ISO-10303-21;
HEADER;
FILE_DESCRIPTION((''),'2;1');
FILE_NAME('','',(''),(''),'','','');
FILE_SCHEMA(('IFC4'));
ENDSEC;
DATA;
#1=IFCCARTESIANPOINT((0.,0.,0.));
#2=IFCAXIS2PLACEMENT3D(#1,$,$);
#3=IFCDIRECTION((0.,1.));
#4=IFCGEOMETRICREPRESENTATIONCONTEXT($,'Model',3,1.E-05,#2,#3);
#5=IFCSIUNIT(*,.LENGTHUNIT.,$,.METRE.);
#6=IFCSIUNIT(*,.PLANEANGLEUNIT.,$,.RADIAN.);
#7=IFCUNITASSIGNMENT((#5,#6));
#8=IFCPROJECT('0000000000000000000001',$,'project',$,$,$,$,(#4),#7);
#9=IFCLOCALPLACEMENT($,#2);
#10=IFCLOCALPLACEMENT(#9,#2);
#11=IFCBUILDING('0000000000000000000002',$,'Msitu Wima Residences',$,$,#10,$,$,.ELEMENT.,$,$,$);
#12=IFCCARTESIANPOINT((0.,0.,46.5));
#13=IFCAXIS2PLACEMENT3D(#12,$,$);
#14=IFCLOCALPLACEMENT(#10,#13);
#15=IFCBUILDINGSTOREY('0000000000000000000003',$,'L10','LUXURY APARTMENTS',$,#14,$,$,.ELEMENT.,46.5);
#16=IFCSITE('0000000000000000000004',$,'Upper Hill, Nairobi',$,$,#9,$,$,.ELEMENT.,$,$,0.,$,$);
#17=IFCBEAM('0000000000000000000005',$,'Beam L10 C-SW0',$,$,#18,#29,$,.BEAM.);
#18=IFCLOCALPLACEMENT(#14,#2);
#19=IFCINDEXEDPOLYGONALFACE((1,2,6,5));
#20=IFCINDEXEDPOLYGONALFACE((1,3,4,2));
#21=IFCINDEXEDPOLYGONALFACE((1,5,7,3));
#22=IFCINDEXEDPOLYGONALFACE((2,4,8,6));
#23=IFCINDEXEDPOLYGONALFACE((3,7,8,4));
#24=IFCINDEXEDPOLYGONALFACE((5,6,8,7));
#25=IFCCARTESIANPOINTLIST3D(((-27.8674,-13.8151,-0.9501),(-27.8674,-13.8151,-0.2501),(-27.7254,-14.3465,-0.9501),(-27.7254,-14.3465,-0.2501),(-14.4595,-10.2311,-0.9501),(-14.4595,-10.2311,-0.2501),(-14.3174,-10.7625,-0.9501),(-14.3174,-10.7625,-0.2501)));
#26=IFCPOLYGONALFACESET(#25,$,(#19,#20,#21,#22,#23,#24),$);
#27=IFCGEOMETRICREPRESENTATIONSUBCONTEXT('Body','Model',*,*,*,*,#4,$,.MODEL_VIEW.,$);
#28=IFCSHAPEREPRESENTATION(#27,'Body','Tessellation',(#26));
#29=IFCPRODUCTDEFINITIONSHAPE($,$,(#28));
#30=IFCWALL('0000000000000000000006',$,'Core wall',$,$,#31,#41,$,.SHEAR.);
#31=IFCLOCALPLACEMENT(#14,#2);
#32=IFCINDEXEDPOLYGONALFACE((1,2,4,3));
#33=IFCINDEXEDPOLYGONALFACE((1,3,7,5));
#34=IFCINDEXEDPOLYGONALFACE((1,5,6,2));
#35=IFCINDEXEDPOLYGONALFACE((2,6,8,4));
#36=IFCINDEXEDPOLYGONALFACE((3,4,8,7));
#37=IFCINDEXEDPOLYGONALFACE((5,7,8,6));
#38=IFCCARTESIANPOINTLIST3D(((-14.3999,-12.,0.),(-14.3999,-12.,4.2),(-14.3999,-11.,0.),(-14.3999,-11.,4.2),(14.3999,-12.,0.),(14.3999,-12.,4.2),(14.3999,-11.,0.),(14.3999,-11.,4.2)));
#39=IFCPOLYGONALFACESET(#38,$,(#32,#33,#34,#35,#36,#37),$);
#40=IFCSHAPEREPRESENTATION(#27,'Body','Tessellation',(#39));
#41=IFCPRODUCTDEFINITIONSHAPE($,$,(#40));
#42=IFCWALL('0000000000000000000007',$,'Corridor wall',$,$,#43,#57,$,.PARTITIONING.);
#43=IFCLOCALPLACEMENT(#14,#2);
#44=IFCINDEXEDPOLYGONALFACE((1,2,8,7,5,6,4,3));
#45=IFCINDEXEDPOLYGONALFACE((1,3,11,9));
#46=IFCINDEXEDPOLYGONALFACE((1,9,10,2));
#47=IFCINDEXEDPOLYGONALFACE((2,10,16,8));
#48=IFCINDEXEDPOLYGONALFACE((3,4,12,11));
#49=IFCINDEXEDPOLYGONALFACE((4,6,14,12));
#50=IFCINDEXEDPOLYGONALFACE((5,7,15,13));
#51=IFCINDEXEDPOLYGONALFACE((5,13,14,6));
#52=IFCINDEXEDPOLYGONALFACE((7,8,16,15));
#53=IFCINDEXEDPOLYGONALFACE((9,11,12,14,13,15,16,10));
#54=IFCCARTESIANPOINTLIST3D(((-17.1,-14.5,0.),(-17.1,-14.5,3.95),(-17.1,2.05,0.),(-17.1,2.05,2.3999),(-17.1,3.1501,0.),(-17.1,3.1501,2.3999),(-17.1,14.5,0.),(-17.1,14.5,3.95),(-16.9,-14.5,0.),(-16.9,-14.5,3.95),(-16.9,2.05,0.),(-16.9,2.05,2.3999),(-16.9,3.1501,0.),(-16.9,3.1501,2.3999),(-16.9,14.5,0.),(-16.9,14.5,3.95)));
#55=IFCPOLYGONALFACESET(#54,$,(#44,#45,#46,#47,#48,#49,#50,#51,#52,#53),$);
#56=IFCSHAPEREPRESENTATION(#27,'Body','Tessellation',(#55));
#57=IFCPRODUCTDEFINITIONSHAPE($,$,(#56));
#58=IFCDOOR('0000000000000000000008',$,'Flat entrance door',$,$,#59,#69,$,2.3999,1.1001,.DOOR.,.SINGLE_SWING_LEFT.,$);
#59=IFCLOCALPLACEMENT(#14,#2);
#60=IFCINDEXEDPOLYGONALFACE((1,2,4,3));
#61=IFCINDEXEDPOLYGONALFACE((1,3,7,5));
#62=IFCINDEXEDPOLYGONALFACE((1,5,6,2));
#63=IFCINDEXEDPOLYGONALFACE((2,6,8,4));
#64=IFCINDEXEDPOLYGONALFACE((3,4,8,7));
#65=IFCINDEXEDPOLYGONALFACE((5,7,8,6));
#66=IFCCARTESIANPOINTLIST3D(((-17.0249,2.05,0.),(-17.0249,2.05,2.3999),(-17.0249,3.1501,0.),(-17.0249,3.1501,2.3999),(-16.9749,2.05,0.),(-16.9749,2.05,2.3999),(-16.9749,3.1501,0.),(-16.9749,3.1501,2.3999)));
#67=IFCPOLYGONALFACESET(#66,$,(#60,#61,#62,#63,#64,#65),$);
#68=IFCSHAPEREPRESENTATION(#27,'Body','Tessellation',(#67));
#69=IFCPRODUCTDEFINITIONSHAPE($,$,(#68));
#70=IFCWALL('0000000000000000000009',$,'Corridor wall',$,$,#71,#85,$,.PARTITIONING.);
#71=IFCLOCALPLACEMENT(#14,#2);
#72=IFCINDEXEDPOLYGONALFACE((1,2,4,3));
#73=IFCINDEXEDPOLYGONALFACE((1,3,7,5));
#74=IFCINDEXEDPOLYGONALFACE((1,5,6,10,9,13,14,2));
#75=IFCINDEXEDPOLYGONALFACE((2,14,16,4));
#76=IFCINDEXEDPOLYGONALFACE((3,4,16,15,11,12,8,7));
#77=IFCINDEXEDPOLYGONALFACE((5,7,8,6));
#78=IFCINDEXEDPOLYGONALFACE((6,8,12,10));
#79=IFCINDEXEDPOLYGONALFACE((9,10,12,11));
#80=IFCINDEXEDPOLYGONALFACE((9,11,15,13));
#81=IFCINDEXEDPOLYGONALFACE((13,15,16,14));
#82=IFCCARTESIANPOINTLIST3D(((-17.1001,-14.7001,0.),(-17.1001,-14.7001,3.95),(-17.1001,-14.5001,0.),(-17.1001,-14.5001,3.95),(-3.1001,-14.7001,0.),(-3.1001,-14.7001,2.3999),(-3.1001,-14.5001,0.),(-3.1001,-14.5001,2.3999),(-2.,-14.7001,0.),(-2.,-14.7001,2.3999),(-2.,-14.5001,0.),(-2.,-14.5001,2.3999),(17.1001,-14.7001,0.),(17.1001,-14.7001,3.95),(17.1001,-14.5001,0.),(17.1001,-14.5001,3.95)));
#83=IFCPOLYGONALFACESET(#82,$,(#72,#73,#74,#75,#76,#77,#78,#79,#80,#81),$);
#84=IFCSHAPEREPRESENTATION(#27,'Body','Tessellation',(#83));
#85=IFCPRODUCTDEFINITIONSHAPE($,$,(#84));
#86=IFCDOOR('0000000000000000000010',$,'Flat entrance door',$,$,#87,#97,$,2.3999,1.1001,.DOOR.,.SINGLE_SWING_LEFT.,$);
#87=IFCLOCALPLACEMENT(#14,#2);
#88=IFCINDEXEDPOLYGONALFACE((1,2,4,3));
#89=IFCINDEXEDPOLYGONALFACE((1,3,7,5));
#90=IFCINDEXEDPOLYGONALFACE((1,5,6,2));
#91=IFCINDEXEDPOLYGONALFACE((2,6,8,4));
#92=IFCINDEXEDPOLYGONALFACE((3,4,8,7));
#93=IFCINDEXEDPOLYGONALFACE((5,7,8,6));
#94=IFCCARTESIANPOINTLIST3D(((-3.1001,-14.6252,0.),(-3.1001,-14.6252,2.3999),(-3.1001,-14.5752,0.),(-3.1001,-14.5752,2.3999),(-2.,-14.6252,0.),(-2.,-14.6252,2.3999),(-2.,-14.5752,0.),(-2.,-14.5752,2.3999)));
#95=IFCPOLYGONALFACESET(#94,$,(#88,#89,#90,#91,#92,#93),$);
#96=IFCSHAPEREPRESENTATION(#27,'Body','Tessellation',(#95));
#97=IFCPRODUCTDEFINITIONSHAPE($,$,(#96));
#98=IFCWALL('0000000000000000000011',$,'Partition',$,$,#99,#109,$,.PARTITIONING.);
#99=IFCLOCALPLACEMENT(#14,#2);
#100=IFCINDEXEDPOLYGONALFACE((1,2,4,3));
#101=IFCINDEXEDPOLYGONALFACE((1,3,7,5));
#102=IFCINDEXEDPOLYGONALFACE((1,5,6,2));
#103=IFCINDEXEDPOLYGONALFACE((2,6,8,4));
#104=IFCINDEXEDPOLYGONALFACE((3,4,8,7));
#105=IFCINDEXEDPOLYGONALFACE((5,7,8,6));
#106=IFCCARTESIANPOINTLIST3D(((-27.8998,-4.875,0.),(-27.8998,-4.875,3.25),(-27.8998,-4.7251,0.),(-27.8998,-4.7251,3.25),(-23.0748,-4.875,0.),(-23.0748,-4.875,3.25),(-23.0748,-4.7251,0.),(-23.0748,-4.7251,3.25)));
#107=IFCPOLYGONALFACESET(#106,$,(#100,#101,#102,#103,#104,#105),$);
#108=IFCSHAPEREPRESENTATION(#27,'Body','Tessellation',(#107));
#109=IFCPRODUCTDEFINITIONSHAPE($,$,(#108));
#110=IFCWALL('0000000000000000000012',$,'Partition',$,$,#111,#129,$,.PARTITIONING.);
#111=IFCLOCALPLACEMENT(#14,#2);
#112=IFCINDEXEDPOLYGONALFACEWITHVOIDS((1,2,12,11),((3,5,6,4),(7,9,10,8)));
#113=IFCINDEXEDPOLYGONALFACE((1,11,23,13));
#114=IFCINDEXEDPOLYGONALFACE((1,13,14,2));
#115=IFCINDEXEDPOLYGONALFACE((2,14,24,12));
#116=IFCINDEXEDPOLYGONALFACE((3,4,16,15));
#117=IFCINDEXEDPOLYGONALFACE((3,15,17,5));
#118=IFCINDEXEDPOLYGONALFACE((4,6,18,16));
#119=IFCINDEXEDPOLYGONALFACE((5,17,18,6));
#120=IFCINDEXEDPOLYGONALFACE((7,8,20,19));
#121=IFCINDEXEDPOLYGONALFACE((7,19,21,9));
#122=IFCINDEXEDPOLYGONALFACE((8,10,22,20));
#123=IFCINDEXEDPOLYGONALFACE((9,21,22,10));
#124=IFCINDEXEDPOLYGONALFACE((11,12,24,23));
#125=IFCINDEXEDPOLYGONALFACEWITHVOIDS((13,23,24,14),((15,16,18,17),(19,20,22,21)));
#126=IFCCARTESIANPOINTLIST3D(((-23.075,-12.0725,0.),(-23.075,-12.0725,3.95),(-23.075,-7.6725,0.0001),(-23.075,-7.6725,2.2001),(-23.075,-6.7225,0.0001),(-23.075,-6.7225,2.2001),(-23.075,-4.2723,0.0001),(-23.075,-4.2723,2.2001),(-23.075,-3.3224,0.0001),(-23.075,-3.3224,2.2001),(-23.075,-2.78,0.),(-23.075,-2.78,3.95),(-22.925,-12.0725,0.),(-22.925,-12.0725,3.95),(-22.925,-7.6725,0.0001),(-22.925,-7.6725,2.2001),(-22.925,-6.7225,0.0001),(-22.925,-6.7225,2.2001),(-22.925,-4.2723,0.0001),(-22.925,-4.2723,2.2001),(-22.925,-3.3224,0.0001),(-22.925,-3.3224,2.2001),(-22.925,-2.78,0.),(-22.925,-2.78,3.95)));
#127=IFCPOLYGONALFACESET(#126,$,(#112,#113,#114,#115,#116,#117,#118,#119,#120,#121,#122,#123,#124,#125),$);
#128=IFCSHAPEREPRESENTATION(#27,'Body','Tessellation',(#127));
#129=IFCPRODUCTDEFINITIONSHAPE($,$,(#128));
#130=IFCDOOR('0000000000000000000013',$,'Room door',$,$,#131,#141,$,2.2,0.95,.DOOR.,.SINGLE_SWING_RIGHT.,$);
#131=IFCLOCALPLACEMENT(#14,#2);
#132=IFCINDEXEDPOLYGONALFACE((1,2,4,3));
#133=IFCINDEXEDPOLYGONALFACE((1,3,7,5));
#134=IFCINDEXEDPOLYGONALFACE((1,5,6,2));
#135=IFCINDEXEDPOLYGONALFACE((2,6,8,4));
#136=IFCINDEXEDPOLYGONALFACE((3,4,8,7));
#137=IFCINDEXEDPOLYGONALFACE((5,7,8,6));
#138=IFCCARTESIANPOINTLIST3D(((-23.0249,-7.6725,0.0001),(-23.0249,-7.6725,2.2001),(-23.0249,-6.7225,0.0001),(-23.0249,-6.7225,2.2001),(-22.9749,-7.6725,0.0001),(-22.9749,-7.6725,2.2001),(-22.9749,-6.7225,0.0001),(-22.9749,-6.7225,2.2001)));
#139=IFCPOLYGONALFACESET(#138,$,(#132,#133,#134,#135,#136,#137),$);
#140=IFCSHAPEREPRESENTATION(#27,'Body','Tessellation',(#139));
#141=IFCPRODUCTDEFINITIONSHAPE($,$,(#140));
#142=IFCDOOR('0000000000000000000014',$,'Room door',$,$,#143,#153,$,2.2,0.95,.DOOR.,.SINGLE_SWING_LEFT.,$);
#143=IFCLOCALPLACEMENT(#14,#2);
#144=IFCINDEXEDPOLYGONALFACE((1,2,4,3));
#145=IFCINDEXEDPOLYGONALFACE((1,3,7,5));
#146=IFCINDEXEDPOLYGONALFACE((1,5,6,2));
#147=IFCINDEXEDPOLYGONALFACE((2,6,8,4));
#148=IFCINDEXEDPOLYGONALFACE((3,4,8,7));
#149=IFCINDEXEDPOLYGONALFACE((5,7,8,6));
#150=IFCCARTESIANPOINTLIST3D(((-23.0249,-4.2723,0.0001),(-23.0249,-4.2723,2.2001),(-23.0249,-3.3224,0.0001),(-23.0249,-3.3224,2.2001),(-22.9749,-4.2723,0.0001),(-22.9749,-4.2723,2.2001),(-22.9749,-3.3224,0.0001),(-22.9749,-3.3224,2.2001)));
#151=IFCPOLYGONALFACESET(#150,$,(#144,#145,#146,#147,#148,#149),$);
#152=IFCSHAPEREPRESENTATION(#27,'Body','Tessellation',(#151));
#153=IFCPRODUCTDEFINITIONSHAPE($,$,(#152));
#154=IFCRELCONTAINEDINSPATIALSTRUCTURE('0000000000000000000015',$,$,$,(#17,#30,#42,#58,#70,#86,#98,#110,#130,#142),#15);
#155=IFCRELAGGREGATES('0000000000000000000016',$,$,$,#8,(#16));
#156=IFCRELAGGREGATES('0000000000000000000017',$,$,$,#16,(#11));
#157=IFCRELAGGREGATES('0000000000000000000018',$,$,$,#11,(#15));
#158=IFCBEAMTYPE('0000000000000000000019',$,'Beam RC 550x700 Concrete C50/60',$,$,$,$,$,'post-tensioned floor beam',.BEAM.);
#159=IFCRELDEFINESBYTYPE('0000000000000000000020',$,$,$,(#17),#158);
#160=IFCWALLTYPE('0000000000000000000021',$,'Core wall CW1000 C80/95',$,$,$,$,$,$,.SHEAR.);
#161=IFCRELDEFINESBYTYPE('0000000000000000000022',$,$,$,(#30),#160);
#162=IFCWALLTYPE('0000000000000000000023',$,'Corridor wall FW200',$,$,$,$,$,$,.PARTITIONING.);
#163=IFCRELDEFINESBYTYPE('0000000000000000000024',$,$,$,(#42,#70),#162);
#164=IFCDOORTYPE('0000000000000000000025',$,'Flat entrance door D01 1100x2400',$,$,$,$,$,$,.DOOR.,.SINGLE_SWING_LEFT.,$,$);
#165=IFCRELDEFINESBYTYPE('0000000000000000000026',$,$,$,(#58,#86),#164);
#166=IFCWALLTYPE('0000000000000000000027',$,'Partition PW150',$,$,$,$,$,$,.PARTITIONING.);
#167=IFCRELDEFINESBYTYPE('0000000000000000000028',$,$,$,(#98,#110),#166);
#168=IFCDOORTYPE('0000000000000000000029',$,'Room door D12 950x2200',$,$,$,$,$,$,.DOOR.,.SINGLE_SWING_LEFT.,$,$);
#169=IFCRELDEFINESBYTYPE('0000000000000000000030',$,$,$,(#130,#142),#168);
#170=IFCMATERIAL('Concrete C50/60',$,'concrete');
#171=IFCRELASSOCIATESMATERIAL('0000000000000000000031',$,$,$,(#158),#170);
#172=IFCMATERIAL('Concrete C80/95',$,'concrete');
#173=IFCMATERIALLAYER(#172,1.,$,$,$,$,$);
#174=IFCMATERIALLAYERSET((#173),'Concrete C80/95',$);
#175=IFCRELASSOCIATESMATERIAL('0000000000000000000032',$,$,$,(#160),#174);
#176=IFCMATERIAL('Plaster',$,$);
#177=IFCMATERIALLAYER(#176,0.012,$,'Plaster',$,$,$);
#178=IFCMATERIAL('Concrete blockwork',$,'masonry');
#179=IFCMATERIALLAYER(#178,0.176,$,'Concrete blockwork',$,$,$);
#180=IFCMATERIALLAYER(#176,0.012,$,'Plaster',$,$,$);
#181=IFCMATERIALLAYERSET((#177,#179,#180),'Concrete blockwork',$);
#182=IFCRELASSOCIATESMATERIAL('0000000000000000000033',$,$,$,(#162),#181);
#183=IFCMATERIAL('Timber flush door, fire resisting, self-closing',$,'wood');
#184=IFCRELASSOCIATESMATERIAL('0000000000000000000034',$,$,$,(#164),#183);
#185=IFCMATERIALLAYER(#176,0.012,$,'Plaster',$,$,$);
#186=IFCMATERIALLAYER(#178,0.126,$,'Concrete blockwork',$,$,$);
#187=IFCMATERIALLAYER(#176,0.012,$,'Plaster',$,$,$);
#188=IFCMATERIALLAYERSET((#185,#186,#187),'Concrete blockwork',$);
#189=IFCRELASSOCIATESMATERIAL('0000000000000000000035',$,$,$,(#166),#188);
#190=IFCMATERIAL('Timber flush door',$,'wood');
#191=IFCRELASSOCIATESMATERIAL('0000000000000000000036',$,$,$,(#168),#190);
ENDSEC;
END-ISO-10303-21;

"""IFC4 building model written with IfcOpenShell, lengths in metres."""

from ifc_helpers import new_model, si_unit, direction, frame, frame_2d, origin, origin_2d, place, context, subcontext, project, spatial, rectangle, extrude, material, layer, layer_set, material_profile, profile_set, type_object, element, fill, save


model = new_model("IFC4")

# Units and contexts
model_context = context("Model", 3, precision=1e-05, world=origin(), true_north=direction((0.0, 1.0)))
body_context = subcontext(model_context, "Body", "Model", "MODEL_VIEW")
ifc_project = project(units=[si_unit("LENGTHUNIT", "METRE"), si_unit("PLANEANGLEUNIT", "RADIAN")], contexts=[model_context])

# Site, building, storey
site_placement = place(None, origin())
site = spatial("IfcSite", under=ifc_project, at=site_placement, Name="Upper Hill, Nairobi", CompositionType="ELEMENT", RefElevation=0.0)
building_placement = place(site_placement, origin())
building = spatial("IfcBuilding", under=site, at=building_placement, Name="Msitu Wima Residences", CompositionType="ELEMENT")
storey_placement = place(building_placement, frame((0.0, 0.0, 46.5)))
storey = spatial("IfcBuildingStorey", under=building, at=storey_placement, Name="L10", Description="LUXURY APARTMENTS", CompositionType="ELEMENT", Elevation=46.5)

# Beam
ifc_material_1 = material(Name="Concrete C50/60", Category="concrete")
ifc_material_profile = material_profile(ifc_material_1, rectangle(XDim=0.55, YDim=0.7, at=origin_2d()), Name="RC 550x700")
ifc_profile_set = profile_set([ifc_material_profile], Name="Concrete C50/60")
beam_type = type_object("IfcBeamType", Name="Beam RC 550x700 Concrete C50/60", ElementType="post-tensioned floor beam", PredefinedType="BEAM", material=ifc_profile_set)
beam_placement = place(storey_placement, frame((-27.7964, -14.0808, -0.6001), z_axis=(0.966082, 0.258236, 0.0), x_axis=(-0.258236, 0.966082, 0.0)))
element("IfcBeam", 1, at=beam_placement, inside=storey, type_object=beam_type, Name="Beam L10 C-SW0", PredefinedType="BEAM", context=body_context, shape_type="SweptSolid", body=[
    extrude(rectangle(XDim=0.55, YDim=0.7, at=origin_2d()), origin(), (0.0, 0.0, 1.0), 13.8787),
])

# Wall
ifc_material_2 = material(Name="Concrete C80/95", Category="concrete")
ifc_layer_1 = layer(ifc_material_2, 1.0)
ifc_layer_set_1 = layer_set([ifc_layer_1], Name="Concrete C80/95")
wall_type_1 = type_object("IfcWallType", Name="Core wall CW1000 C80/95", PredefinedType="SHEAR", material=ifc_layer_set_1)
wall_1_placement = place(storey_placement, frame((-14.3999, -11.5, 0.0), z_axis=(0.0, 0.0, 1.0), x_axis=(1.0, 0.0, 0.0)))
element("IfcWall", 2, at=wall_1_placement, inside=storey, type_object=wall_type_1, Name="Core wall", PredefinedType="SHEAR", context=body_context, shape_type="SweptSolid", body=[
    extrude(rectangle(XDim=28.7998, YDim=1.0, at=frame_2d((14.3999, 0.0))), origin(), (0.0, 0.0, 1.0), 4.2),
])

# Walls, openings, doors
ifc_material_3 = material(Name="Plaster")
ifc_layer_2 = layer(ifc_material_3, 0.012, Name="Plaster")
ifc_material_4 = material(Name="Concrete blockwork", Category="masonry")
ifc_layer_3 = layer(ifc_material_4, 0.176, Name="Concrete blockwork")
ifc_layer_4 = layer(ifc_material_3, 0.012, Name="Plaster")
ifc_layer_set_2 = layer_set([ifc_layer_2, ifc_layer_3, ifc_layer_4], Name="Concrete blockwork")
wall_type_2 = type_object("IfcWallType", Name="Corridor wall FW200", PredefinedType="PARTITIONING", material=ifc_layer_set_2)
wall_2_placement = place(storey_placement, frame((-17.0, -14.5, 0.0), z_axis=(0.0, 0.0, 1.0), x_axis=(0.0, 1.0, 0.0)))
wall_2 = element("IfcWall", 3, at=wall_2_placement, inside=storey, type_object=wall_type_2, Name="Corridor wall", PredefinedType="PARTITIONING", context=body_context, shape_type="SweptSolid", body=[
    extrude(rectangle(XDim=29.0, YDim=0.2, at=frame_2d((14.5, 0.0))), origin(), (0.0, 0.0, 1.0), 3.95),
])
opening_1_placement = place(wall_2_placement, frame((16.55, 0.0, 0.0)))
opening_1 = element("IfcOpeningElement", 4, at=opening_1_placement, cuts=wall_2, PredefinedType="OPENING", context=body_context, shape_type="SweptSolid", body=[
    extrude(rectangle(XDim=1.1001, YDim=2.3999, at=frame_2d((0.55, 1.2))), frame((0.0, 0.1099, 0.0), z_axis=(0.0, -1.0, 0.0), x_axis=(1.0, 0.0, 0.0)), (0.0, 0.0, 1.0), 0.22),
])
ifc_material_5 = material(Name="Timber flush door, fire resisting, self-closing", Category="wood")
door_type_1 = type_object("IfcDoorType", Name="Flat entrance door D01 1100x2400", OperationType="SINGLE_SWING_LEFT", PredefinedType="DOOR", material=ifc_material_5)
door_1_placement = place(opening_1_placement, origin())
door_1 = element("IfcDoor", 5, at=door_1_placement, inside=storey, type_object=door_type_1, Name="Flat entrance door", OperationType="SINGLE_SWING_LEFT", OverallHeight=2.3999, OverallWidth=1.1001, PredefinedType="DOOR", context=body_context, shape_type="SweptSolid", body=[
    extrude(rectangle(XDim=1.1001, YDim=2.3999, at=frame_2d((0.55, 1.2))), frame((0.0, 0.0249, 0.0), z_axis=(0.0, -1.0, 0.0), x_axis=(1.0, 0.0, 0.0)), (0.0, 0.0, 1.0), 0.05),
])
fill(opening_1, door_1)
wall_3_placement = place(storey_placement, frame((-17.1001, -14.6001, 0.0), z_axis=(0.0, 0.0, 1.0), x_axis=(1.0, 0.0, 0.0)))
wall_3 = element("IfcWall", 6, at=wall_3_placement, inside=storey, type_object=wall_type_2, Name="Corridor wall", PredefinedType="PARTITIONING", context=body_context, shape_type="SweptSolid", body=[
    extrude(rectangle(XDim=34.2002, YDim=0.2, at=frame_2d((17.1001, 0.0))), origin(), (0.0, 0.0, 1.0), 3.95),
])
opening_2_placement = place(wall_3_placement, frame((14.0, 0.0, 0.0)))
opening_2 = element("IfcOpeningElement", 7, at=opening_2_placement, cuts=wall_3, PredefinedType="OPENING", context=body_context, shape_type="SweptSolid", body=[
    extrude(rectangle(XDim=1.1001, YDim=2.3999, at=frame_2d((0.55, 1.2))), frame((0.0, 0.1099, 0.0), z_axis=(0.0, -1.0, 0.0), x_axis=(1.0, 0.0, 0.0)), (0.0, 0.0, 1.0), 0.22),
])
door_2_placement = place(opening_2_placement, origin())
door_2 = element("IfcDoor", 8, at=door_2_placement, inside=storey, type_object=door_type_1, Name="Flat entrance door", OperationType="SINGLE_SWING_LEFT", OverallHeight=2.3999, OverallWidth=1.1001, PredefinedType="DOOR", context=body_context, shape_type="SweptSolid", body=[
    extrude(rectangle(XDim=1.1001, YDim=2.3999, at=frame_2d((0.55, 1.2))), frame((0.0, 0.0249, 0.0), z_axis=(0.0, -1.0, 0.0), x_axis=(1.0, 0.0, 0.0)), (0.0, 0.0, 1.0), 0.05),
])
fill(opening_2, door_2)

# Wall
ifc_layer_5 = layer(ifc_material_3, 0.012, Name="Plaster")
ifc_layer_6 = layer(ifc_material_4, 0.126, Name="Concrete blockwork")
ifc_layer_7 = layer(ifc_material_3, 0.012, Name="Plaster")
ifc_layer_set_3 = layer_set([ifc_layer_5, ifc_layer_6, ifc_layer_7], Name="Concrete blockwork")
wall_type_3 = type_object("IfcWallType", Name="Partition PW150", PredefinedType="PARTITIONING", material=ifc_layer_set_3)
wall_4_placement = place(storey_placement, frame((-27.8999, -4.8, 0.0), z_axis=(0.0, 0.0, 1.0), x_axis=(1.0, 0.0, 0.0)))
element("IfcWall", 9, at=wall_4_placement, inside=storey, type_object=wall_type_3, Name="Partition", PredefinedType="PARTITIONING", context=body_context, shape_type="SweptSolid", body=[
    extrude(rectangle(XDim=4.825, YDim=0.1499, at=frame_2d((2.4126, 0.0))), origin(), (0.0, 0.0, 1.0), 3.25),
])

# Wall, openings, doors
wall_5_placement = place(storey_placement, frame((-23.0, -12.0725, 0.0), z_axis=(0.0, 0.0, 1.0), x_axis=(0.0, 1.0, 0.0)))
wall_5 = element("IfcWall", 10, at=wall_5_placement, inside=storey, type_object=wall_type_3, Name="Partition", PredefinedType="PARTITIONING", context=body_context, shape_type="SweptSolid", body=[
    extrude(rectangle(XDim=9.2925, YDim=0.1499, at=frame_2d((4.6462, 0.0))), origin(), (0.0, 0.0, 1.0), 3.95),
])
opening_3_placement = place(wall_5_placement, frame((4.3999, 0.0, 0.0)))
opening_3 = element("IfcOpeningElement", 11, at=opening_3_placement, cuts=wall_5, PredefinedType="OPENING", context=body_context, shape_type="SweptSolid", body=[
    extrude(rectangle(XDim=0.95, YDim=2.2, at=frame_2d((0.4751, 1.1001))), frame((0.0, 0.085, 0.0), z_axis=(0.0, -1.0, 0.0), x_axis=(1.0, 0.0, 0.0)), (0.0, 0.0, 1.0), 0.1699),
])
opening_4_placement = place(wall_5_placement, frame((7.8, 0.0, 0.0)))
opening_4 = element("IfcOpeningElement", 12, at=opening_4_placement, cuts=wall_5, PredefinedType="OPENING", context=body_context, shape_type="SweptSolid", body=[
    extrude(rectangle(XDim=0.95, YDim=2.2, at=frame_2d((0.4751, 1.1001))), frame((0.0, 0.085, 0.0), z_axis=(0.0, -1.0, 0.0), x_axis=(1.0, 0.0, 0.0)), (0.0, 0.0, 1.0), 0.1699),
])
ifc_material_6 = material(Name="Timber flush door", Category="wood")
door_type_2 = type_object("IfcDoorType", Name="Room door D12 950x2200", OperationType="SINGLE_SWING_LEFT", PredefinedType="DOOR", material=ifc_material_6)
door_3_placement = place(opening_3_placement, origin())
door_3 = element("IfcDoor", 13, at=door_3_placement, inside=storey, type_object=door_type_2, Name="Room door", OperationType="SINGLE_SWING_RIGHT", OverallHeight=2.2, OverallWidth=0.95, PredefinedType="DOOR", context=body_context, shape_type="SweptSolid", body=[
    extrude(rectangle(XDim=0.95, YDim=2.2, at=frame_2d((0.4751, 1.1001))), frame((0.0, 0.0249, 0.0), z_axis=(0.0, -1.0, 0.0), x_axis=(1.0, 0.0, 0.0)), (0.0, 0.0, 1.0), 0.05),
])
fill(opening_3, door_3)
door_4_placement = place(opening_4_placement, origin())
door_4 = element("IfcDoor", 14, at=door_4_placement, inside=storey, type_object=door_type_2, Name="Room door", OperationType="SINGLE_SWING_LEFT", OverallHeight=2.2, OverallWidth=0.95, PredefinedType="DOOR", context=body_context, shape_type="SweptSolid", body=[
    extrude(rectangle(XDim=0.95, YDim=2.2, at=frame_2d((0.4751, 1.1001))), frame((0.0, 0.0249, 0.0), z_axis=(0.0, -1.0, 0.0), x_axis=(1.0, 0.0, 0.0)), (0.0, 0.0, 1.0), 0.05),
])
fill(opening_4, door_4)

save(model, "model.ifc")
